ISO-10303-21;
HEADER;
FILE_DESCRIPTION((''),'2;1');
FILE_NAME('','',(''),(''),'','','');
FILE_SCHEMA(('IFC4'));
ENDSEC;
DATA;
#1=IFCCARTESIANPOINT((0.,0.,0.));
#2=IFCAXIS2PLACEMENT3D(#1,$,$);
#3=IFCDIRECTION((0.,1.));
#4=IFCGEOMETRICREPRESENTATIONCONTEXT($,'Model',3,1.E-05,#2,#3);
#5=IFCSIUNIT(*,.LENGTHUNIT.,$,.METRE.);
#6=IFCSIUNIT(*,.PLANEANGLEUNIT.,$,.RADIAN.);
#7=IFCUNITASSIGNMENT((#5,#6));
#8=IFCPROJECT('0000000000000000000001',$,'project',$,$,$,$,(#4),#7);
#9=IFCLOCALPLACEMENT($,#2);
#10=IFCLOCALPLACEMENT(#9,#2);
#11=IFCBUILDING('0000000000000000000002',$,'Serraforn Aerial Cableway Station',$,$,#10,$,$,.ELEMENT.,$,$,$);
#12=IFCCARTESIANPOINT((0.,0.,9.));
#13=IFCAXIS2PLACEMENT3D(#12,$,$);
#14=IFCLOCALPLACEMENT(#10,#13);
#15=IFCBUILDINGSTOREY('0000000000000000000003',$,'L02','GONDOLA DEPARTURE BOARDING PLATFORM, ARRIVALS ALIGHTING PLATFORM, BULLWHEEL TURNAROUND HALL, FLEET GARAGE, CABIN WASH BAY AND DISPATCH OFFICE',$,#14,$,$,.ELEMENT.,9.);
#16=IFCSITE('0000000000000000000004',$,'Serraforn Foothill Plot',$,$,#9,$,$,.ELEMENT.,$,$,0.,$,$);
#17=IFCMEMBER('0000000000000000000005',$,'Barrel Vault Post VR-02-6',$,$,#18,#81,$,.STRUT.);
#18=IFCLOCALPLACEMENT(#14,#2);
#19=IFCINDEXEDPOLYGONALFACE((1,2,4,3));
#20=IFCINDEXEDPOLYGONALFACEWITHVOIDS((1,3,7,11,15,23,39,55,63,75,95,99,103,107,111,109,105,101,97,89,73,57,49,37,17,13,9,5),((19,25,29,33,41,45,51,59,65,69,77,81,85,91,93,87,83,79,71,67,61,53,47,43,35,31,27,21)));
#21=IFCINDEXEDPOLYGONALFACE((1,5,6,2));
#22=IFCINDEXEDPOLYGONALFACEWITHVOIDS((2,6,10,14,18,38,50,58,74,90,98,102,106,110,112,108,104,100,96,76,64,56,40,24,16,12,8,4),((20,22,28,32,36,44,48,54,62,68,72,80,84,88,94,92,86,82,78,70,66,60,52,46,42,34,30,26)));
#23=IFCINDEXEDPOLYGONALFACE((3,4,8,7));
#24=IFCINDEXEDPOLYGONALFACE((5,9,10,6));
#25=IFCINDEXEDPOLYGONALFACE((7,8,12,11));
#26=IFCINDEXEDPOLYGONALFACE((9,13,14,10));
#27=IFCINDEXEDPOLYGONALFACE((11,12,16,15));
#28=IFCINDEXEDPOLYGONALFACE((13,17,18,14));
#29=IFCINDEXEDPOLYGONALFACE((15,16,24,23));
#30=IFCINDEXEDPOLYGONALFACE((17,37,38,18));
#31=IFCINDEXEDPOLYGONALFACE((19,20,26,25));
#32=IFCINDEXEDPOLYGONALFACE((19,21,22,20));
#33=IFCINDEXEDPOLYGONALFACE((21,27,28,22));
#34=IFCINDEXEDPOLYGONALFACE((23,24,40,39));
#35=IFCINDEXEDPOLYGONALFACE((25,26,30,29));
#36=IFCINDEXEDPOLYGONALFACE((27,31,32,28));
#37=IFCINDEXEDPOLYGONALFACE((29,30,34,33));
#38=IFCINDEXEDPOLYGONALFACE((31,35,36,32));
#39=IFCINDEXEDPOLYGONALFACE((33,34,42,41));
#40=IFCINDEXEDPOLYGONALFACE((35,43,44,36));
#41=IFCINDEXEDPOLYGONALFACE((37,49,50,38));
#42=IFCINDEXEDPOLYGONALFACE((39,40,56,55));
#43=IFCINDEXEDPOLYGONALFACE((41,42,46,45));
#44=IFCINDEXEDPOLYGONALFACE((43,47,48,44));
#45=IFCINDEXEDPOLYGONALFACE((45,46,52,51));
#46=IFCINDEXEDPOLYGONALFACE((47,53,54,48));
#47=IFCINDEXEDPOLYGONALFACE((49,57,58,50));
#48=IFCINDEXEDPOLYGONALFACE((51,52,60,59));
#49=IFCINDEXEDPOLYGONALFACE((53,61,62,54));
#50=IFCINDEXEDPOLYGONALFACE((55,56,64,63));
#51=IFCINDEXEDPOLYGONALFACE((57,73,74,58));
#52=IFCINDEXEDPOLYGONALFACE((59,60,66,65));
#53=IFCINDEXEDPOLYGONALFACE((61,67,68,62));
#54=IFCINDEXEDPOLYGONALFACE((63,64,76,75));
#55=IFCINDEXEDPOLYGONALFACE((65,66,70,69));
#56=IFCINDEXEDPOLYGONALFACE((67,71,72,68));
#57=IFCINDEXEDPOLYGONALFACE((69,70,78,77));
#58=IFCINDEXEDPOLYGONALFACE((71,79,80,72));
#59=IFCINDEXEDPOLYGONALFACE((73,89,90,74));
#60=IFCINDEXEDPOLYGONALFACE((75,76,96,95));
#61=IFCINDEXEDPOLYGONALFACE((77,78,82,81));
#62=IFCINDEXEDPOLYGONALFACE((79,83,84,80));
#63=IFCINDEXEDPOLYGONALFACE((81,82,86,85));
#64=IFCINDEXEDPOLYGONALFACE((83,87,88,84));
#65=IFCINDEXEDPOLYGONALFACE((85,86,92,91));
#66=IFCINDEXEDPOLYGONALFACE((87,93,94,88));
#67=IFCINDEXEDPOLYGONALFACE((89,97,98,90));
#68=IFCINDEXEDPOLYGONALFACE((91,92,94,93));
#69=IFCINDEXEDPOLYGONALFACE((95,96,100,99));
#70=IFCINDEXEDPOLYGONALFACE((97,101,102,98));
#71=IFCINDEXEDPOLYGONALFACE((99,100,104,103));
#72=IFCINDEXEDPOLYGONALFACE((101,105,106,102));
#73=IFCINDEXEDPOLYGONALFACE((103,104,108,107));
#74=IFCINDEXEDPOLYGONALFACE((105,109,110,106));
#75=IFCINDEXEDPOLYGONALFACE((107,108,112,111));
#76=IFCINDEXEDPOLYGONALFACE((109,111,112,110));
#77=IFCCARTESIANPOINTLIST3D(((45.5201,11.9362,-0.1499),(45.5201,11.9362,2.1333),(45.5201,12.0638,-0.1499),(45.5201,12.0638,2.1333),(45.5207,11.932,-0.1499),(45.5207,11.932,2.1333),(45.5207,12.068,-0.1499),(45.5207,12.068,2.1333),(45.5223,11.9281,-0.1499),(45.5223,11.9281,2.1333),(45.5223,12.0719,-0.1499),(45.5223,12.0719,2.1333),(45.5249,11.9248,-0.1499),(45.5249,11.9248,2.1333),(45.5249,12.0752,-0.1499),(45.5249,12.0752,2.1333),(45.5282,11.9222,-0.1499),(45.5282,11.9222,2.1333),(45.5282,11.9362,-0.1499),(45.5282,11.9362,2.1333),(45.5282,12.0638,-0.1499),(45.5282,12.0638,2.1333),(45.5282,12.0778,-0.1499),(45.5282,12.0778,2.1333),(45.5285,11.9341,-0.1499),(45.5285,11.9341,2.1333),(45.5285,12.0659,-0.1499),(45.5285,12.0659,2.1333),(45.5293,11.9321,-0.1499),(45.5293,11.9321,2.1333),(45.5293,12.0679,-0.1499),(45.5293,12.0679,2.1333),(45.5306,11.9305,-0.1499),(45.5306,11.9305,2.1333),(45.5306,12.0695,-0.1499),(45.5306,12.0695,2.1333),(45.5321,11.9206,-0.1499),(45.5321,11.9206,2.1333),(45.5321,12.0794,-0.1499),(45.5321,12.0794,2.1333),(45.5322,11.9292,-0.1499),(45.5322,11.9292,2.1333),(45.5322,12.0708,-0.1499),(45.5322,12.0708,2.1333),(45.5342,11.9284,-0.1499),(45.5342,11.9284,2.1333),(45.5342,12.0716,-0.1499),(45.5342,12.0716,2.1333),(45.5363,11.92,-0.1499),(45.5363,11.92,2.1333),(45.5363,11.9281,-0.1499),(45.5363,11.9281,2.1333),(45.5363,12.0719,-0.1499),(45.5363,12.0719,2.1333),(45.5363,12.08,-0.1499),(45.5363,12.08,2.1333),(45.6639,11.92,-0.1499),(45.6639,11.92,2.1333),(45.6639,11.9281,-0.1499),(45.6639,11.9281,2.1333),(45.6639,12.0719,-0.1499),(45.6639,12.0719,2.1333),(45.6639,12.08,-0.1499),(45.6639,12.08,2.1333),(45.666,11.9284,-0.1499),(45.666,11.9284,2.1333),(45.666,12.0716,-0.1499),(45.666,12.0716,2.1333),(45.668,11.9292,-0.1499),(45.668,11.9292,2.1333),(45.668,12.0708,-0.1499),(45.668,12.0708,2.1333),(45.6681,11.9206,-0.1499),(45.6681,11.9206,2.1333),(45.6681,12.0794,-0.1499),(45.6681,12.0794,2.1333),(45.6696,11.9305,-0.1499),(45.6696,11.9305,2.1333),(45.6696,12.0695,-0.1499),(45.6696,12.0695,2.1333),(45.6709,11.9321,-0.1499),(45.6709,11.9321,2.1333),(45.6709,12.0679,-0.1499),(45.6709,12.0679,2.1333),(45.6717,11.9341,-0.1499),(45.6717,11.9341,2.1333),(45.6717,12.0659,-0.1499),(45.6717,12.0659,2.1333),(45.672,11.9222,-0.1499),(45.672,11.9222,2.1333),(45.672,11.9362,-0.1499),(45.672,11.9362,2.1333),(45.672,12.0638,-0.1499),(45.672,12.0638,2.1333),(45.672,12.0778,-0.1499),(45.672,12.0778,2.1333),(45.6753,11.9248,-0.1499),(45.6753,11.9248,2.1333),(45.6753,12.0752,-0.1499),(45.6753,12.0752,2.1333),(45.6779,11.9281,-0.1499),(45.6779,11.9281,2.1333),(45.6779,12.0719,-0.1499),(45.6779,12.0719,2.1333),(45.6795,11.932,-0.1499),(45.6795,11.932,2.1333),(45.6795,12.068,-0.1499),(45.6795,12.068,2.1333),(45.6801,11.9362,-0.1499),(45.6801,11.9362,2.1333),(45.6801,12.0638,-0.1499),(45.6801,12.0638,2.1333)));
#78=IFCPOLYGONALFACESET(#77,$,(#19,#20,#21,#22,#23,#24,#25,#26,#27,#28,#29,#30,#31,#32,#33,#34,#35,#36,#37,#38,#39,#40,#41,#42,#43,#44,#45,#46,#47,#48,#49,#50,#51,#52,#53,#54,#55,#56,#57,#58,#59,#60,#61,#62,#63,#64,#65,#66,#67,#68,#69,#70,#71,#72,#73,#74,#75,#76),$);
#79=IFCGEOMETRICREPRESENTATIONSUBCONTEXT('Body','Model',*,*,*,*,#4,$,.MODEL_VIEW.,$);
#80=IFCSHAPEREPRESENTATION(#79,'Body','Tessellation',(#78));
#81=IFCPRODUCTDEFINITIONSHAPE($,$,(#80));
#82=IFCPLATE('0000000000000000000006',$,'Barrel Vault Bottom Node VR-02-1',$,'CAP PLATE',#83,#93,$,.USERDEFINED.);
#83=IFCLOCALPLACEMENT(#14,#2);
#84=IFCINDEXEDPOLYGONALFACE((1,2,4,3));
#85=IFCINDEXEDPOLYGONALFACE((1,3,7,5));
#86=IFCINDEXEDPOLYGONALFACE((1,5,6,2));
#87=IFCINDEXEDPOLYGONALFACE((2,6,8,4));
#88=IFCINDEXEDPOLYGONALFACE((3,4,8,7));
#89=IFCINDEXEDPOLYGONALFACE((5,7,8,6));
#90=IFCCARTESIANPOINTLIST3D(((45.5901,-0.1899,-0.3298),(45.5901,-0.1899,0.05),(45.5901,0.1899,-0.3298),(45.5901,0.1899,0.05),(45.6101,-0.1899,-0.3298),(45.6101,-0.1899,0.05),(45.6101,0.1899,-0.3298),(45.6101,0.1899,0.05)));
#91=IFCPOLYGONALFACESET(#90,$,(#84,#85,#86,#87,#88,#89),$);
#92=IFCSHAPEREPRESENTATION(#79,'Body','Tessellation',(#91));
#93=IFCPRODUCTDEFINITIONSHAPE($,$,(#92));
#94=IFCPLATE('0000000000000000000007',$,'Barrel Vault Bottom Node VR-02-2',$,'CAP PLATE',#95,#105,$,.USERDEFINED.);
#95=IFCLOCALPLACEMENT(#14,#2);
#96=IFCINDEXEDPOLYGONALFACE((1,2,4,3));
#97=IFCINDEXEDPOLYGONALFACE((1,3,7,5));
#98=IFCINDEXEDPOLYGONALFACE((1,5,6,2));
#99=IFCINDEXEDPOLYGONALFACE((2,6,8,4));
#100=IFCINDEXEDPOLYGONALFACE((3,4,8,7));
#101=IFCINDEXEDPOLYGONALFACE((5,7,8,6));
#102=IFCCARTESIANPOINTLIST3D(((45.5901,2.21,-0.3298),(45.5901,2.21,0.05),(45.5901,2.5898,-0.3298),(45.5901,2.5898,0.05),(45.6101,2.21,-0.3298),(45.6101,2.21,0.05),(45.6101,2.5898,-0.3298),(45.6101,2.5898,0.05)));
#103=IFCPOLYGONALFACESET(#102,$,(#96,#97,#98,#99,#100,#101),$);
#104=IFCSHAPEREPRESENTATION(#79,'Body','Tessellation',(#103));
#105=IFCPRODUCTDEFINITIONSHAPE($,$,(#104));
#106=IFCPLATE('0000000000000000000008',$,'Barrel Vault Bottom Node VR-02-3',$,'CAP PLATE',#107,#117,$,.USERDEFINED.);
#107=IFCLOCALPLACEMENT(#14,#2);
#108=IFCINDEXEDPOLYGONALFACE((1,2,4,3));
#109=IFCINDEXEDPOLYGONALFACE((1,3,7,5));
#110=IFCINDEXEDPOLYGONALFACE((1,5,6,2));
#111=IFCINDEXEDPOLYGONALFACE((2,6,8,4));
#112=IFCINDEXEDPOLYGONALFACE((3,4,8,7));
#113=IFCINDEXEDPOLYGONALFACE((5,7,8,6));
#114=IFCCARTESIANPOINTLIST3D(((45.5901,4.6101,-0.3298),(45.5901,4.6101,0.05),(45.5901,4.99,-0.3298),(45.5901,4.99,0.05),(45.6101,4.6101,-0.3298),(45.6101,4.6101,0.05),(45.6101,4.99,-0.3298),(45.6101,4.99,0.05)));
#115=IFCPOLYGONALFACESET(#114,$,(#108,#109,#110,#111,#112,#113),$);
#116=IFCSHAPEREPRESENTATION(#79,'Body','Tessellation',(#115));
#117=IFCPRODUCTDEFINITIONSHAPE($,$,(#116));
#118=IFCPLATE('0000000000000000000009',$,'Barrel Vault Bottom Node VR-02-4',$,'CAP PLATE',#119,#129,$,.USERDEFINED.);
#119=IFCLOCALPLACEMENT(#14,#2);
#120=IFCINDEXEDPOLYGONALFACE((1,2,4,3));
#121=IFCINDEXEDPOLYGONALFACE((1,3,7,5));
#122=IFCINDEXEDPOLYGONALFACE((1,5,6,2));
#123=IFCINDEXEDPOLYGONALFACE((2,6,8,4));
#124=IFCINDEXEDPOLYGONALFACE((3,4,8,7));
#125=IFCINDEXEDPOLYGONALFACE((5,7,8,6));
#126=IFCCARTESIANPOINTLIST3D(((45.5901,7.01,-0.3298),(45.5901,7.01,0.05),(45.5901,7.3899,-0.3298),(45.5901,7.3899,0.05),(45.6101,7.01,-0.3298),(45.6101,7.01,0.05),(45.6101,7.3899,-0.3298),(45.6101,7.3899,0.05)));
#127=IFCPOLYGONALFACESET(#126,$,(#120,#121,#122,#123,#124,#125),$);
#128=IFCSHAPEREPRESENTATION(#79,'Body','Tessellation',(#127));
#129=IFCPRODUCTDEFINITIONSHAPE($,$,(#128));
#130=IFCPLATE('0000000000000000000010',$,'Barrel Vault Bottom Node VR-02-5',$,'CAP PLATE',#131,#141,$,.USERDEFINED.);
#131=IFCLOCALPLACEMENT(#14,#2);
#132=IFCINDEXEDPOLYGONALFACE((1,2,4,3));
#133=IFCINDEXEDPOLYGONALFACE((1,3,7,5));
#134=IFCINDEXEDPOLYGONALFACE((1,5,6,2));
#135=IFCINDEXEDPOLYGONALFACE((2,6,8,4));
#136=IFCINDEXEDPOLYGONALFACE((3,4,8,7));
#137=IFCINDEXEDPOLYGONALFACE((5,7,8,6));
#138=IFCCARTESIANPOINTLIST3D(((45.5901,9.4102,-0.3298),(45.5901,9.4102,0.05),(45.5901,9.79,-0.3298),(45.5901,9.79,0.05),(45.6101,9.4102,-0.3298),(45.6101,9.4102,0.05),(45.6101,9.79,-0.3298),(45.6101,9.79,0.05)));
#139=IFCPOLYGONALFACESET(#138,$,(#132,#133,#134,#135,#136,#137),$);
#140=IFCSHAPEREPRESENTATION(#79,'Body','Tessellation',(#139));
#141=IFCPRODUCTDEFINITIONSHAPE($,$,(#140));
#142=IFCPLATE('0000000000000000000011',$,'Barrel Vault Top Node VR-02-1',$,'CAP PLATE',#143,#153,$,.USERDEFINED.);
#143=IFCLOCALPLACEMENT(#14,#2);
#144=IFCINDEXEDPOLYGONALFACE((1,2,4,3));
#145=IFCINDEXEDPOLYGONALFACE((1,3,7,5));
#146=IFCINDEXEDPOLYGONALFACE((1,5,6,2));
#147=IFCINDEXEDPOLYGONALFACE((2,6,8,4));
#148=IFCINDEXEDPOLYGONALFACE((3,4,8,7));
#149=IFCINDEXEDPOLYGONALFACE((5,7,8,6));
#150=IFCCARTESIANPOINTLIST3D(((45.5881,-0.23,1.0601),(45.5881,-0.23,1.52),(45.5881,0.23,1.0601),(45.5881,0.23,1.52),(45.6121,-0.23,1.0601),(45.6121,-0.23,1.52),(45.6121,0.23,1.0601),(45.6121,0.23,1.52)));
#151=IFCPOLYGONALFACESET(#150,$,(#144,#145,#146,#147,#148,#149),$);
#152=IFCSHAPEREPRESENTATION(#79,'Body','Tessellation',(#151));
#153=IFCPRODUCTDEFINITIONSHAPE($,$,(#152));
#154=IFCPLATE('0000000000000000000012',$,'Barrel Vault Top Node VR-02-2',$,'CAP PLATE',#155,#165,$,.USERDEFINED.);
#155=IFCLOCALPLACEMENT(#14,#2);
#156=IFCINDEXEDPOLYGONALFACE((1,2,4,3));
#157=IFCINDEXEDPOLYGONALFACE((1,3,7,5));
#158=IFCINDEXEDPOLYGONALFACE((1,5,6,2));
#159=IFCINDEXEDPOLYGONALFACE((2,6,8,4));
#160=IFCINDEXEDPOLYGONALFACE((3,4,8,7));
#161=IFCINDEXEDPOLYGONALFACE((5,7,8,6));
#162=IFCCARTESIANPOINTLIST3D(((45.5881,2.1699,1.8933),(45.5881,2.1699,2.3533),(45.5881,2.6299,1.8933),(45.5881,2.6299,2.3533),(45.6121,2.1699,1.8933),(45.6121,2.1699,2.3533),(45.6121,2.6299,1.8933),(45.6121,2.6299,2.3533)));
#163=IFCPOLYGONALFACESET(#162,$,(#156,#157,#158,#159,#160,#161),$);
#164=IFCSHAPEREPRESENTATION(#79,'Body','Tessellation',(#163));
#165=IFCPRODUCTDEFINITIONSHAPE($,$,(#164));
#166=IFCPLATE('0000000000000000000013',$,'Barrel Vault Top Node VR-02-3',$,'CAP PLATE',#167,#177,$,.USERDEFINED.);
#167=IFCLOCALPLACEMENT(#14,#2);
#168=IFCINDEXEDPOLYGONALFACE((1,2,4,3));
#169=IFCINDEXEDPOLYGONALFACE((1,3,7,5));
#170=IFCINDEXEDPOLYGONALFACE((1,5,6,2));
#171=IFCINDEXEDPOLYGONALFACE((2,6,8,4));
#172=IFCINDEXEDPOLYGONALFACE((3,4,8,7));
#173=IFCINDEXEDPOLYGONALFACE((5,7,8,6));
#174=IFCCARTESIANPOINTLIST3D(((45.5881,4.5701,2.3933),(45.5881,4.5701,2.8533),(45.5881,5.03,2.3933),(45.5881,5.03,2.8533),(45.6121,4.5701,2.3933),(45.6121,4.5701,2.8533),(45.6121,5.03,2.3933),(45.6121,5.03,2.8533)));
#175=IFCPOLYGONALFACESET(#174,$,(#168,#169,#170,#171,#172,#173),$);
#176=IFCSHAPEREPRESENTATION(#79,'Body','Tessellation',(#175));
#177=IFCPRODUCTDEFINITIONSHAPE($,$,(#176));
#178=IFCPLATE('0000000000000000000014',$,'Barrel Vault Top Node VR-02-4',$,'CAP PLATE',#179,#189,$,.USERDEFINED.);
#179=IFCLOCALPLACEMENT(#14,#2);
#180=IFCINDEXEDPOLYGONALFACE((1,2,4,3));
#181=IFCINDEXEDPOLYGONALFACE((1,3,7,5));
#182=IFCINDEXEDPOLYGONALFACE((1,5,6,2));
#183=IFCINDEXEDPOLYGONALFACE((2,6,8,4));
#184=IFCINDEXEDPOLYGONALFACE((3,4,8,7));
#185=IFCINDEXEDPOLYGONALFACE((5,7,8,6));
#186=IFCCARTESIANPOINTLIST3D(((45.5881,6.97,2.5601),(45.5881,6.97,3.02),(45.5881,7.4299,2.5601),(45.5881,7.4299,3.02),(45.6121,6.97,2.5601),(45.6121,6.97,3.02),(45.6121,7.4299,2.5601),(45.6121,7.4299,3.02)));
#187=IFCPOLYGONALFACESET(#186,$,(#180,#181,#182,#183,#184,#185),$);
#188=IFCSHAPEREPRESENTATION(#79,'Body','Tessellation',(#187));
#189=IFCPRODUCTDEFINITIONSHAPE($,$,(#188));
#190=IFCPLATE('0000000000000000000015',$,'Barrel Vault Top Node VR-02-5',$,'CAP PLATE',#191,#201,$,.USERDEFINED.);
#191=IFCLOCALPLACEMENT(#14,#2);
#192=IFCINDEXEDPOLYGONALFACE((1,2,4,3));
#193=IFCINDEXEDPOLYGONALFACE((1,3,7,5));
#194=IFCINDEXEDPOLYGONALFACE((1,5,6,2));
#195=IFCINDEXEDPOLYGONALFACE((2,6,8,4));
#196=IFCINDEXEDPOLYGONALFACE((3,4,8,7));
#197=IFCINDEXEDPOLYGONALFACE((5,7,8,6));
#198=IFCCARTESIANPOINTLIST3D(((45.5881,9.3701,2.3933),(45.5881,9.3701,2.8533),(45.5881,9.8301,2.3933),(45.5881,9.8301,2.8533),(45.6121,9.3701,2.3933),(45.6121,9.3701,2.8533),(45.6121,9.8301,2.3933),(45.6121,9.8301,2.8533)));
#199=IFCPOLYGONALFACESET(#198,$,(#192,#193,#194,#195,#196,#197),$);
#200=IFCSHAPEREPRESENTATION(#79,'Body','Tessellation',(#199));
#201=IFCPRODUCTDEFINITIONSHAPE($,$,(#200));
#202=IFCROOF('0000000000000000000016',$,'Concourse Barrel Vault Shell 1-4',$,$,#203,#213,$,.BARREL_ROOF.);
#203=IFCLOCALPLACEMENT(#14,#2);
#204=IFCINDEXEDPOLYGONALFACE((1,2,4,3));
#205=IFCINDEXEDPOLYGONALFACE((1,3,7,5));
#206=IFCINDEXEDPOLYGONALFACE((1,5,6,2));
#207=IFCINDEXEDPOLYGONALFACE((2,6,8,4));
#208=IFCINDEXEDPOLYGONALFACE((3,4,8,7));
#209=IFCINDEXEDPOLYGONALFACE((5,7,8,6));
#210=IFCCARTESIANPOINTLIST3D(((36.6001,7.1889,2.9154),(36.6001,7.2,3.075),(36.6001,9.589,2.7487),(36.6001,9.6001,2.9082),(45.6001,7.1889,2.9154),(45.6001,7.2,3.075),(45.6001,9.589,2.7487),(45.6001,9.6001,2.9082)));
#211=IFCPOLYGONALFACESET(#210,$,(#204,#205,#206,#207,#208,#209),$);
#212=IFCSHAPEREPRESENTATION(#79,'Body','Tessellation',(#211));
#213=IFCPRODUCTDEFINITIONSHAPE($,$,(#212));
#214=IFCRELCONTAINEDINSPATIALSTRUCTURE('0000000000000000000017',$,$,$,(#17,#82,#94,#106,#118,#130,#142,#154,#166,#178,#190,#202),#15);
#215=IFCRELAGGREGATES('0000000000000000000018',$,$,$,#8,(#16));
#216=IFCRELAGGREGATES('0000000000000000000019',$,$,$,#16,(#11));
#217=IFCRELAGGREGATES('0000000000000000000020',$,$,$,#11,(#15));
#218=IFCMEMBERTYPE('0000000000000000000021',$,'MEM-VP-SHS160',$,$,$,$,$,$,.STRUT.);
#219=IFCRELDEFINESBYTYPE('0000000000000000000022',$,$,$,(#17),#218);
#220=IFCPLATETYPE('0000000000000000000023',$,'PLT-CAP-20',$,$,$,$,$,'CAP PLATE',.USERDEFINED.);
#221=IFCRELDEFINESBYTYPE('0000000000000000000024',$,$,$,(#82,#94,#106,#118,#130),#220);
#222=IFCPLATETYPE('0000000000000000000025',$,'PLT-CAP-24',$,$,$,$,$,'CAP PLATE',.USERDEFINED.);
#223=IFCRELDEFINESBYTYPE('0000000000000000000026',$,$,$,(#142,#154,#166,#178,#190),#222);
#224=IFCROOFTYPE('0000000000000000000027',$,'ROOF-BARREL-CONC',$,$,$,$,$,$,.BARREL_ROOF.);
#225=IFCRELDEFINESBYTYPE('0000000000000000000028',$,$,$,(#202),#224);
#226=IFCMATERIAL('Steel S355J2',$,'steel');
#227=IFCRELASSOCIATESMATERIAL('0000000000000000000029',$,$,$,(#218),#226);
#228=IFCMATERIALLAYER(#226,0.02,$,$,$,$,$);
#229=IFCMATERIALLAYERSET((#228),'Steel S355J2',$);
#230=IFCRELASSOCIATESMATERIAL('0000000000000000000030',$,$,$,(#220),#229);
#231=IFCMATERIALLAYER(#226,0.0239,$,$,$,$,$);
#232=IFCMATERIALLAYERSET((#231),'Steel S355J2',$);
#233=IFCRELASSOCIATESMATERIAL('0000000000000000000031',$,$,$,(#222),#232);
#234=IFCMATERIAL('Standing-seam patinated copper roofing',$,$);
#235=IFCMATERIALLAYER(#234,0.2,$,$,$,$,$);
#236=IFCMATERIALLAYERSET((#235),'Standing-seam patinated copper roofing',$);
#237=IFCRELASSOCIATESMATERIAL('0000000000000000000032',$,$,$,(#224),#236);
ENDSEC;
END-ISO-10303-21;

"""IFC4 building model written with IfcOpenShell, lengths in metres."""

from ifc_helpers import new_model, si_unit, direction, frame, origin, origin_2d, place, context, subcontext, project, spatial, polyline, rectangle, hollow_rectangle, outline, extrude, material, layer, layer_set, material_profile, profile_set, type_object, element, save


model = new_model("IFC4")

# Units and contexts
model_context = context("Model", 3, precision=1e-05, world=origin(), true_north=direction((0.0, 1.0)))
body_context = subcontext(model_context, "Body", "Model", "MODEL_VIEW")
ifc_project = project(units=[si_unit("LENGTHUNIT", "METRE"), si_unit("PLANEANGLEUNIT", "RADIAN")], contexts=[model_context])

# Site, building, storey
site_placement = place(None, origin())
site = spatial("IfcSite", under=ifc_project, at=site_placement, Name="Serraforn Foothill Plot", CompositionType="ELEMENT", RefElevation=0.0)
building_placement = place(site_placement, origin())
building = spatial("IfcBuilding", under=site, at=building_placement, Name="Serraforn Aerial Cableway Station", CompositionType="ELEMENT")
storey_placement = place(building_placement, frame((0.0, 0.0, 9.0)))
storey = spatial("IfcBuildingStorey", under=building, at=storey_placement, Name="L02", Description="GONDOLA DEPARTURE BOARDING PLATFORM, ARRIVALS ALIGHTING PLATFORM, BULLWHEEL TURNAROUND HALL, FLEET GARAGE, CABIN WASH BAY AND DISPATCH OFFICE", CompositionType="ELEMENT", Elevation=9.0)

# Member
ifc_material_1 = material(Name="Steel S355J2", Category="steel")
ifc_material_profile_1 = material_profile(ifc_material_1, hollow_rectangle(XDim=0.1599, YDim=0.1599, WallThickness=0.0081, InnerFilletRadius=0.0081, OuterFilletRadius=0.0161, at=origin_2d()), Name="SHS 160x160x8.0")
ifc_profile_set_1 = profile_set([ifc_material_profile_1], Name="Steel S355J2")
member_type_1 = type_object("IfcMemberType", Name="MEM-VP-SHS160", PredefinedType="STRUT", material=ifc_profile_set_1)
member_1_placement = place(storey_placement, frame((45.6001, 12.0, -0.1499), z_axis=(0.0, 0.0, 1.0), x_axis=(1.0, 0.0, 0.0)))
element("IfcMember", 1, at=member_1_placement, inside=storey, type_object=member_type_1, Name="Barrel Vault Post VR-02-6", PredefinedType="STRUT", context=body_context, shape_type="SweptSolid", body=[
    extrude(hollow_rectangle(XDim=0.1599, YDim=0.1599, WallThickness=0.0081, InnerFilletRadius=0.0081, OuterFilletRadius=0.0161, at=origin_2d()), origin(), (0.0, 0.0, 1.0), 2.2832),
])

# Plates
ifc_layer_1 = layer(ifc_material_1, 0.02)
ifc_layer_set_1 = layer_set([ifc_layer_1], Name="Steel S355J2")
plate_type_1 = type_object("IfcPlateType", Name="PLT-CAP-20", ElementType="CAP PLATE", PredefinedType="USERDEFINED", material=ifc_layer_set_1)
for number, where, z_axis, x_axis, name in (
    (2, (45.6001, 0.0, -0.3298), (0.0, 0.0, 1.0), (1.0, 0.0, 0.0), "Barrel Vault Bottom Node VR-02-1"),
    (3, (45.6001, 2.3999, -0.3298), (0.0, 0.0, 1.0), (1.0, 0.0, 0.0), "Barrel Vault Bottom Node VR-02-2"),
    (4, (45.6001, 4.8, -0.3298), (0.0, 0.0, 1.0), (1.0, 0.0, 0.0), "Barrel Vault Bottom Node VR-02-3"),
    (5, (45.6001, 7.2, -0.3298), (0.0, 0.0, 1.0), (1.0, 0.0, 0.0), "Barrel Vault Bottom Node VR-02-4"),
    (6, (45.6001, 9.6001, -0.3298), (0.0, 0.0, 1.0), (1.0, 0.0, 0.0), "Barrel Vault Bottom Node VR-02-5"),
):
    element("IfcPlate", number, at=place(storey_placement, frame(where, z_axis=z_axis, x_axis=x_axis)), inside=storey, type_object=plate_type_1, Name=name, ObjectType="CAP PLATE", PredefinedType="USERDEFINED", context=body_context, shape_type="SweptSolid", body=[
        extrude(rectangle(XDim=0.02, YDim=0.3799, at=origin_2d()), origin(), (0.0, 0.0, 1.0), 0.3799),
    ])
ifc_layer_2 = layer(ifc_material_1, 0.0239)
ifc_layer_set_2 = layer_set([ifc_layer_2], Name="Steel S355J2")
plate_type_2 = type_object("IfcPlateType", Name="PLT-CAP-24", ElementType="CAP PLATE", PredefinedType="USERDEFINED", material=ifc_layer_set_2)
for number, where, z_axis, x_axis, name in (
    (7, (45.6001, 0.0, 1.0601), (0.0, 0.0, 1.0), (1.0, 0.0, 0.0), "Barrel Vault Top Node VR-02-1"),
    (8, (45.6001, 2.3999, 1.8933), (0.0, 0.0, 1.0), (1.0, 0.0, 0.0), "Barrel Vault Top Node VR-02-2"),
    (9, (45.6001, 4.8, 2.3933), (0.0, 0.0, 1.0), (1.0, 0.0, 0.0), "Barrel Vault Top Node VR-02-3"),
    (10, (45.6001, 7.2, 2.5601), (0.0, 0.0, 1.0), (1.0, 0.0, 0.0), "Barrel Vault Top Node VR-02-4"),
    (11, (45.6001, 9.6001, 2.3933), (0.0, 0.0, 1.0), (1.0, 0.0, 0.0), "Barrel Vault Top Node VR-02-5"),
):
    element("IfcPlate", number, at=place(storey_placement, frame(where, z_axis=z_axis, x_axis=x_axis)), inside=storey, type_object=plate_type_2, Name=name, ObjectType="CAP PLATE", PredefinedType="USERDEFINED", context=body_context, shape_type="SweptSolid", body=[
        extrude(rectangle(XDim=0.0239, YDim=0.46, at=origin_2d()), origin(), (0.0, 0.0, 1.0), 0.46),
    ])

# Roof
ifc_material_2 = material(Name="Standing-seam patinated copper roofing")
ifc_layer_3 = layer(ifc_material_2, 0.2)
ifc_layer_set_3 = layer_set([ifc_layer_3], Name="Standing-seam patinated copper roofing")
roof_type = type_object("IfcRoofType", Name="ROOF-BARREL-CONC", PredefinedType="BARREL_ROOF", material=ifc_layer_set_3)
roof_1_placement = place(storey_placement, frame((45.6001, 9.6001, 2.9082), z_axis=(0.0, 0.069307, 0.997595), x_axis=(-1.0, 0.0, 0.0)))
element("IfcRoof", 12, at=roof_1_placement, inside=storey, type_object=roof_type, Name="Concourse Barrel Vault Shell 1-4", PredefinedType="BARREL_ROOF", context=body_context, shape_type="SweptSolid", body=[
    extrude(outline(polyline([(0.0, 0.0), (9.0, 0.0), (9.0, 2.4059), (0.0, 2.4059), (0.0, 0.0)])), origin(), (0.0, 0.0, -1.0), 0.1599),
])

save(model, "model.ifc")
